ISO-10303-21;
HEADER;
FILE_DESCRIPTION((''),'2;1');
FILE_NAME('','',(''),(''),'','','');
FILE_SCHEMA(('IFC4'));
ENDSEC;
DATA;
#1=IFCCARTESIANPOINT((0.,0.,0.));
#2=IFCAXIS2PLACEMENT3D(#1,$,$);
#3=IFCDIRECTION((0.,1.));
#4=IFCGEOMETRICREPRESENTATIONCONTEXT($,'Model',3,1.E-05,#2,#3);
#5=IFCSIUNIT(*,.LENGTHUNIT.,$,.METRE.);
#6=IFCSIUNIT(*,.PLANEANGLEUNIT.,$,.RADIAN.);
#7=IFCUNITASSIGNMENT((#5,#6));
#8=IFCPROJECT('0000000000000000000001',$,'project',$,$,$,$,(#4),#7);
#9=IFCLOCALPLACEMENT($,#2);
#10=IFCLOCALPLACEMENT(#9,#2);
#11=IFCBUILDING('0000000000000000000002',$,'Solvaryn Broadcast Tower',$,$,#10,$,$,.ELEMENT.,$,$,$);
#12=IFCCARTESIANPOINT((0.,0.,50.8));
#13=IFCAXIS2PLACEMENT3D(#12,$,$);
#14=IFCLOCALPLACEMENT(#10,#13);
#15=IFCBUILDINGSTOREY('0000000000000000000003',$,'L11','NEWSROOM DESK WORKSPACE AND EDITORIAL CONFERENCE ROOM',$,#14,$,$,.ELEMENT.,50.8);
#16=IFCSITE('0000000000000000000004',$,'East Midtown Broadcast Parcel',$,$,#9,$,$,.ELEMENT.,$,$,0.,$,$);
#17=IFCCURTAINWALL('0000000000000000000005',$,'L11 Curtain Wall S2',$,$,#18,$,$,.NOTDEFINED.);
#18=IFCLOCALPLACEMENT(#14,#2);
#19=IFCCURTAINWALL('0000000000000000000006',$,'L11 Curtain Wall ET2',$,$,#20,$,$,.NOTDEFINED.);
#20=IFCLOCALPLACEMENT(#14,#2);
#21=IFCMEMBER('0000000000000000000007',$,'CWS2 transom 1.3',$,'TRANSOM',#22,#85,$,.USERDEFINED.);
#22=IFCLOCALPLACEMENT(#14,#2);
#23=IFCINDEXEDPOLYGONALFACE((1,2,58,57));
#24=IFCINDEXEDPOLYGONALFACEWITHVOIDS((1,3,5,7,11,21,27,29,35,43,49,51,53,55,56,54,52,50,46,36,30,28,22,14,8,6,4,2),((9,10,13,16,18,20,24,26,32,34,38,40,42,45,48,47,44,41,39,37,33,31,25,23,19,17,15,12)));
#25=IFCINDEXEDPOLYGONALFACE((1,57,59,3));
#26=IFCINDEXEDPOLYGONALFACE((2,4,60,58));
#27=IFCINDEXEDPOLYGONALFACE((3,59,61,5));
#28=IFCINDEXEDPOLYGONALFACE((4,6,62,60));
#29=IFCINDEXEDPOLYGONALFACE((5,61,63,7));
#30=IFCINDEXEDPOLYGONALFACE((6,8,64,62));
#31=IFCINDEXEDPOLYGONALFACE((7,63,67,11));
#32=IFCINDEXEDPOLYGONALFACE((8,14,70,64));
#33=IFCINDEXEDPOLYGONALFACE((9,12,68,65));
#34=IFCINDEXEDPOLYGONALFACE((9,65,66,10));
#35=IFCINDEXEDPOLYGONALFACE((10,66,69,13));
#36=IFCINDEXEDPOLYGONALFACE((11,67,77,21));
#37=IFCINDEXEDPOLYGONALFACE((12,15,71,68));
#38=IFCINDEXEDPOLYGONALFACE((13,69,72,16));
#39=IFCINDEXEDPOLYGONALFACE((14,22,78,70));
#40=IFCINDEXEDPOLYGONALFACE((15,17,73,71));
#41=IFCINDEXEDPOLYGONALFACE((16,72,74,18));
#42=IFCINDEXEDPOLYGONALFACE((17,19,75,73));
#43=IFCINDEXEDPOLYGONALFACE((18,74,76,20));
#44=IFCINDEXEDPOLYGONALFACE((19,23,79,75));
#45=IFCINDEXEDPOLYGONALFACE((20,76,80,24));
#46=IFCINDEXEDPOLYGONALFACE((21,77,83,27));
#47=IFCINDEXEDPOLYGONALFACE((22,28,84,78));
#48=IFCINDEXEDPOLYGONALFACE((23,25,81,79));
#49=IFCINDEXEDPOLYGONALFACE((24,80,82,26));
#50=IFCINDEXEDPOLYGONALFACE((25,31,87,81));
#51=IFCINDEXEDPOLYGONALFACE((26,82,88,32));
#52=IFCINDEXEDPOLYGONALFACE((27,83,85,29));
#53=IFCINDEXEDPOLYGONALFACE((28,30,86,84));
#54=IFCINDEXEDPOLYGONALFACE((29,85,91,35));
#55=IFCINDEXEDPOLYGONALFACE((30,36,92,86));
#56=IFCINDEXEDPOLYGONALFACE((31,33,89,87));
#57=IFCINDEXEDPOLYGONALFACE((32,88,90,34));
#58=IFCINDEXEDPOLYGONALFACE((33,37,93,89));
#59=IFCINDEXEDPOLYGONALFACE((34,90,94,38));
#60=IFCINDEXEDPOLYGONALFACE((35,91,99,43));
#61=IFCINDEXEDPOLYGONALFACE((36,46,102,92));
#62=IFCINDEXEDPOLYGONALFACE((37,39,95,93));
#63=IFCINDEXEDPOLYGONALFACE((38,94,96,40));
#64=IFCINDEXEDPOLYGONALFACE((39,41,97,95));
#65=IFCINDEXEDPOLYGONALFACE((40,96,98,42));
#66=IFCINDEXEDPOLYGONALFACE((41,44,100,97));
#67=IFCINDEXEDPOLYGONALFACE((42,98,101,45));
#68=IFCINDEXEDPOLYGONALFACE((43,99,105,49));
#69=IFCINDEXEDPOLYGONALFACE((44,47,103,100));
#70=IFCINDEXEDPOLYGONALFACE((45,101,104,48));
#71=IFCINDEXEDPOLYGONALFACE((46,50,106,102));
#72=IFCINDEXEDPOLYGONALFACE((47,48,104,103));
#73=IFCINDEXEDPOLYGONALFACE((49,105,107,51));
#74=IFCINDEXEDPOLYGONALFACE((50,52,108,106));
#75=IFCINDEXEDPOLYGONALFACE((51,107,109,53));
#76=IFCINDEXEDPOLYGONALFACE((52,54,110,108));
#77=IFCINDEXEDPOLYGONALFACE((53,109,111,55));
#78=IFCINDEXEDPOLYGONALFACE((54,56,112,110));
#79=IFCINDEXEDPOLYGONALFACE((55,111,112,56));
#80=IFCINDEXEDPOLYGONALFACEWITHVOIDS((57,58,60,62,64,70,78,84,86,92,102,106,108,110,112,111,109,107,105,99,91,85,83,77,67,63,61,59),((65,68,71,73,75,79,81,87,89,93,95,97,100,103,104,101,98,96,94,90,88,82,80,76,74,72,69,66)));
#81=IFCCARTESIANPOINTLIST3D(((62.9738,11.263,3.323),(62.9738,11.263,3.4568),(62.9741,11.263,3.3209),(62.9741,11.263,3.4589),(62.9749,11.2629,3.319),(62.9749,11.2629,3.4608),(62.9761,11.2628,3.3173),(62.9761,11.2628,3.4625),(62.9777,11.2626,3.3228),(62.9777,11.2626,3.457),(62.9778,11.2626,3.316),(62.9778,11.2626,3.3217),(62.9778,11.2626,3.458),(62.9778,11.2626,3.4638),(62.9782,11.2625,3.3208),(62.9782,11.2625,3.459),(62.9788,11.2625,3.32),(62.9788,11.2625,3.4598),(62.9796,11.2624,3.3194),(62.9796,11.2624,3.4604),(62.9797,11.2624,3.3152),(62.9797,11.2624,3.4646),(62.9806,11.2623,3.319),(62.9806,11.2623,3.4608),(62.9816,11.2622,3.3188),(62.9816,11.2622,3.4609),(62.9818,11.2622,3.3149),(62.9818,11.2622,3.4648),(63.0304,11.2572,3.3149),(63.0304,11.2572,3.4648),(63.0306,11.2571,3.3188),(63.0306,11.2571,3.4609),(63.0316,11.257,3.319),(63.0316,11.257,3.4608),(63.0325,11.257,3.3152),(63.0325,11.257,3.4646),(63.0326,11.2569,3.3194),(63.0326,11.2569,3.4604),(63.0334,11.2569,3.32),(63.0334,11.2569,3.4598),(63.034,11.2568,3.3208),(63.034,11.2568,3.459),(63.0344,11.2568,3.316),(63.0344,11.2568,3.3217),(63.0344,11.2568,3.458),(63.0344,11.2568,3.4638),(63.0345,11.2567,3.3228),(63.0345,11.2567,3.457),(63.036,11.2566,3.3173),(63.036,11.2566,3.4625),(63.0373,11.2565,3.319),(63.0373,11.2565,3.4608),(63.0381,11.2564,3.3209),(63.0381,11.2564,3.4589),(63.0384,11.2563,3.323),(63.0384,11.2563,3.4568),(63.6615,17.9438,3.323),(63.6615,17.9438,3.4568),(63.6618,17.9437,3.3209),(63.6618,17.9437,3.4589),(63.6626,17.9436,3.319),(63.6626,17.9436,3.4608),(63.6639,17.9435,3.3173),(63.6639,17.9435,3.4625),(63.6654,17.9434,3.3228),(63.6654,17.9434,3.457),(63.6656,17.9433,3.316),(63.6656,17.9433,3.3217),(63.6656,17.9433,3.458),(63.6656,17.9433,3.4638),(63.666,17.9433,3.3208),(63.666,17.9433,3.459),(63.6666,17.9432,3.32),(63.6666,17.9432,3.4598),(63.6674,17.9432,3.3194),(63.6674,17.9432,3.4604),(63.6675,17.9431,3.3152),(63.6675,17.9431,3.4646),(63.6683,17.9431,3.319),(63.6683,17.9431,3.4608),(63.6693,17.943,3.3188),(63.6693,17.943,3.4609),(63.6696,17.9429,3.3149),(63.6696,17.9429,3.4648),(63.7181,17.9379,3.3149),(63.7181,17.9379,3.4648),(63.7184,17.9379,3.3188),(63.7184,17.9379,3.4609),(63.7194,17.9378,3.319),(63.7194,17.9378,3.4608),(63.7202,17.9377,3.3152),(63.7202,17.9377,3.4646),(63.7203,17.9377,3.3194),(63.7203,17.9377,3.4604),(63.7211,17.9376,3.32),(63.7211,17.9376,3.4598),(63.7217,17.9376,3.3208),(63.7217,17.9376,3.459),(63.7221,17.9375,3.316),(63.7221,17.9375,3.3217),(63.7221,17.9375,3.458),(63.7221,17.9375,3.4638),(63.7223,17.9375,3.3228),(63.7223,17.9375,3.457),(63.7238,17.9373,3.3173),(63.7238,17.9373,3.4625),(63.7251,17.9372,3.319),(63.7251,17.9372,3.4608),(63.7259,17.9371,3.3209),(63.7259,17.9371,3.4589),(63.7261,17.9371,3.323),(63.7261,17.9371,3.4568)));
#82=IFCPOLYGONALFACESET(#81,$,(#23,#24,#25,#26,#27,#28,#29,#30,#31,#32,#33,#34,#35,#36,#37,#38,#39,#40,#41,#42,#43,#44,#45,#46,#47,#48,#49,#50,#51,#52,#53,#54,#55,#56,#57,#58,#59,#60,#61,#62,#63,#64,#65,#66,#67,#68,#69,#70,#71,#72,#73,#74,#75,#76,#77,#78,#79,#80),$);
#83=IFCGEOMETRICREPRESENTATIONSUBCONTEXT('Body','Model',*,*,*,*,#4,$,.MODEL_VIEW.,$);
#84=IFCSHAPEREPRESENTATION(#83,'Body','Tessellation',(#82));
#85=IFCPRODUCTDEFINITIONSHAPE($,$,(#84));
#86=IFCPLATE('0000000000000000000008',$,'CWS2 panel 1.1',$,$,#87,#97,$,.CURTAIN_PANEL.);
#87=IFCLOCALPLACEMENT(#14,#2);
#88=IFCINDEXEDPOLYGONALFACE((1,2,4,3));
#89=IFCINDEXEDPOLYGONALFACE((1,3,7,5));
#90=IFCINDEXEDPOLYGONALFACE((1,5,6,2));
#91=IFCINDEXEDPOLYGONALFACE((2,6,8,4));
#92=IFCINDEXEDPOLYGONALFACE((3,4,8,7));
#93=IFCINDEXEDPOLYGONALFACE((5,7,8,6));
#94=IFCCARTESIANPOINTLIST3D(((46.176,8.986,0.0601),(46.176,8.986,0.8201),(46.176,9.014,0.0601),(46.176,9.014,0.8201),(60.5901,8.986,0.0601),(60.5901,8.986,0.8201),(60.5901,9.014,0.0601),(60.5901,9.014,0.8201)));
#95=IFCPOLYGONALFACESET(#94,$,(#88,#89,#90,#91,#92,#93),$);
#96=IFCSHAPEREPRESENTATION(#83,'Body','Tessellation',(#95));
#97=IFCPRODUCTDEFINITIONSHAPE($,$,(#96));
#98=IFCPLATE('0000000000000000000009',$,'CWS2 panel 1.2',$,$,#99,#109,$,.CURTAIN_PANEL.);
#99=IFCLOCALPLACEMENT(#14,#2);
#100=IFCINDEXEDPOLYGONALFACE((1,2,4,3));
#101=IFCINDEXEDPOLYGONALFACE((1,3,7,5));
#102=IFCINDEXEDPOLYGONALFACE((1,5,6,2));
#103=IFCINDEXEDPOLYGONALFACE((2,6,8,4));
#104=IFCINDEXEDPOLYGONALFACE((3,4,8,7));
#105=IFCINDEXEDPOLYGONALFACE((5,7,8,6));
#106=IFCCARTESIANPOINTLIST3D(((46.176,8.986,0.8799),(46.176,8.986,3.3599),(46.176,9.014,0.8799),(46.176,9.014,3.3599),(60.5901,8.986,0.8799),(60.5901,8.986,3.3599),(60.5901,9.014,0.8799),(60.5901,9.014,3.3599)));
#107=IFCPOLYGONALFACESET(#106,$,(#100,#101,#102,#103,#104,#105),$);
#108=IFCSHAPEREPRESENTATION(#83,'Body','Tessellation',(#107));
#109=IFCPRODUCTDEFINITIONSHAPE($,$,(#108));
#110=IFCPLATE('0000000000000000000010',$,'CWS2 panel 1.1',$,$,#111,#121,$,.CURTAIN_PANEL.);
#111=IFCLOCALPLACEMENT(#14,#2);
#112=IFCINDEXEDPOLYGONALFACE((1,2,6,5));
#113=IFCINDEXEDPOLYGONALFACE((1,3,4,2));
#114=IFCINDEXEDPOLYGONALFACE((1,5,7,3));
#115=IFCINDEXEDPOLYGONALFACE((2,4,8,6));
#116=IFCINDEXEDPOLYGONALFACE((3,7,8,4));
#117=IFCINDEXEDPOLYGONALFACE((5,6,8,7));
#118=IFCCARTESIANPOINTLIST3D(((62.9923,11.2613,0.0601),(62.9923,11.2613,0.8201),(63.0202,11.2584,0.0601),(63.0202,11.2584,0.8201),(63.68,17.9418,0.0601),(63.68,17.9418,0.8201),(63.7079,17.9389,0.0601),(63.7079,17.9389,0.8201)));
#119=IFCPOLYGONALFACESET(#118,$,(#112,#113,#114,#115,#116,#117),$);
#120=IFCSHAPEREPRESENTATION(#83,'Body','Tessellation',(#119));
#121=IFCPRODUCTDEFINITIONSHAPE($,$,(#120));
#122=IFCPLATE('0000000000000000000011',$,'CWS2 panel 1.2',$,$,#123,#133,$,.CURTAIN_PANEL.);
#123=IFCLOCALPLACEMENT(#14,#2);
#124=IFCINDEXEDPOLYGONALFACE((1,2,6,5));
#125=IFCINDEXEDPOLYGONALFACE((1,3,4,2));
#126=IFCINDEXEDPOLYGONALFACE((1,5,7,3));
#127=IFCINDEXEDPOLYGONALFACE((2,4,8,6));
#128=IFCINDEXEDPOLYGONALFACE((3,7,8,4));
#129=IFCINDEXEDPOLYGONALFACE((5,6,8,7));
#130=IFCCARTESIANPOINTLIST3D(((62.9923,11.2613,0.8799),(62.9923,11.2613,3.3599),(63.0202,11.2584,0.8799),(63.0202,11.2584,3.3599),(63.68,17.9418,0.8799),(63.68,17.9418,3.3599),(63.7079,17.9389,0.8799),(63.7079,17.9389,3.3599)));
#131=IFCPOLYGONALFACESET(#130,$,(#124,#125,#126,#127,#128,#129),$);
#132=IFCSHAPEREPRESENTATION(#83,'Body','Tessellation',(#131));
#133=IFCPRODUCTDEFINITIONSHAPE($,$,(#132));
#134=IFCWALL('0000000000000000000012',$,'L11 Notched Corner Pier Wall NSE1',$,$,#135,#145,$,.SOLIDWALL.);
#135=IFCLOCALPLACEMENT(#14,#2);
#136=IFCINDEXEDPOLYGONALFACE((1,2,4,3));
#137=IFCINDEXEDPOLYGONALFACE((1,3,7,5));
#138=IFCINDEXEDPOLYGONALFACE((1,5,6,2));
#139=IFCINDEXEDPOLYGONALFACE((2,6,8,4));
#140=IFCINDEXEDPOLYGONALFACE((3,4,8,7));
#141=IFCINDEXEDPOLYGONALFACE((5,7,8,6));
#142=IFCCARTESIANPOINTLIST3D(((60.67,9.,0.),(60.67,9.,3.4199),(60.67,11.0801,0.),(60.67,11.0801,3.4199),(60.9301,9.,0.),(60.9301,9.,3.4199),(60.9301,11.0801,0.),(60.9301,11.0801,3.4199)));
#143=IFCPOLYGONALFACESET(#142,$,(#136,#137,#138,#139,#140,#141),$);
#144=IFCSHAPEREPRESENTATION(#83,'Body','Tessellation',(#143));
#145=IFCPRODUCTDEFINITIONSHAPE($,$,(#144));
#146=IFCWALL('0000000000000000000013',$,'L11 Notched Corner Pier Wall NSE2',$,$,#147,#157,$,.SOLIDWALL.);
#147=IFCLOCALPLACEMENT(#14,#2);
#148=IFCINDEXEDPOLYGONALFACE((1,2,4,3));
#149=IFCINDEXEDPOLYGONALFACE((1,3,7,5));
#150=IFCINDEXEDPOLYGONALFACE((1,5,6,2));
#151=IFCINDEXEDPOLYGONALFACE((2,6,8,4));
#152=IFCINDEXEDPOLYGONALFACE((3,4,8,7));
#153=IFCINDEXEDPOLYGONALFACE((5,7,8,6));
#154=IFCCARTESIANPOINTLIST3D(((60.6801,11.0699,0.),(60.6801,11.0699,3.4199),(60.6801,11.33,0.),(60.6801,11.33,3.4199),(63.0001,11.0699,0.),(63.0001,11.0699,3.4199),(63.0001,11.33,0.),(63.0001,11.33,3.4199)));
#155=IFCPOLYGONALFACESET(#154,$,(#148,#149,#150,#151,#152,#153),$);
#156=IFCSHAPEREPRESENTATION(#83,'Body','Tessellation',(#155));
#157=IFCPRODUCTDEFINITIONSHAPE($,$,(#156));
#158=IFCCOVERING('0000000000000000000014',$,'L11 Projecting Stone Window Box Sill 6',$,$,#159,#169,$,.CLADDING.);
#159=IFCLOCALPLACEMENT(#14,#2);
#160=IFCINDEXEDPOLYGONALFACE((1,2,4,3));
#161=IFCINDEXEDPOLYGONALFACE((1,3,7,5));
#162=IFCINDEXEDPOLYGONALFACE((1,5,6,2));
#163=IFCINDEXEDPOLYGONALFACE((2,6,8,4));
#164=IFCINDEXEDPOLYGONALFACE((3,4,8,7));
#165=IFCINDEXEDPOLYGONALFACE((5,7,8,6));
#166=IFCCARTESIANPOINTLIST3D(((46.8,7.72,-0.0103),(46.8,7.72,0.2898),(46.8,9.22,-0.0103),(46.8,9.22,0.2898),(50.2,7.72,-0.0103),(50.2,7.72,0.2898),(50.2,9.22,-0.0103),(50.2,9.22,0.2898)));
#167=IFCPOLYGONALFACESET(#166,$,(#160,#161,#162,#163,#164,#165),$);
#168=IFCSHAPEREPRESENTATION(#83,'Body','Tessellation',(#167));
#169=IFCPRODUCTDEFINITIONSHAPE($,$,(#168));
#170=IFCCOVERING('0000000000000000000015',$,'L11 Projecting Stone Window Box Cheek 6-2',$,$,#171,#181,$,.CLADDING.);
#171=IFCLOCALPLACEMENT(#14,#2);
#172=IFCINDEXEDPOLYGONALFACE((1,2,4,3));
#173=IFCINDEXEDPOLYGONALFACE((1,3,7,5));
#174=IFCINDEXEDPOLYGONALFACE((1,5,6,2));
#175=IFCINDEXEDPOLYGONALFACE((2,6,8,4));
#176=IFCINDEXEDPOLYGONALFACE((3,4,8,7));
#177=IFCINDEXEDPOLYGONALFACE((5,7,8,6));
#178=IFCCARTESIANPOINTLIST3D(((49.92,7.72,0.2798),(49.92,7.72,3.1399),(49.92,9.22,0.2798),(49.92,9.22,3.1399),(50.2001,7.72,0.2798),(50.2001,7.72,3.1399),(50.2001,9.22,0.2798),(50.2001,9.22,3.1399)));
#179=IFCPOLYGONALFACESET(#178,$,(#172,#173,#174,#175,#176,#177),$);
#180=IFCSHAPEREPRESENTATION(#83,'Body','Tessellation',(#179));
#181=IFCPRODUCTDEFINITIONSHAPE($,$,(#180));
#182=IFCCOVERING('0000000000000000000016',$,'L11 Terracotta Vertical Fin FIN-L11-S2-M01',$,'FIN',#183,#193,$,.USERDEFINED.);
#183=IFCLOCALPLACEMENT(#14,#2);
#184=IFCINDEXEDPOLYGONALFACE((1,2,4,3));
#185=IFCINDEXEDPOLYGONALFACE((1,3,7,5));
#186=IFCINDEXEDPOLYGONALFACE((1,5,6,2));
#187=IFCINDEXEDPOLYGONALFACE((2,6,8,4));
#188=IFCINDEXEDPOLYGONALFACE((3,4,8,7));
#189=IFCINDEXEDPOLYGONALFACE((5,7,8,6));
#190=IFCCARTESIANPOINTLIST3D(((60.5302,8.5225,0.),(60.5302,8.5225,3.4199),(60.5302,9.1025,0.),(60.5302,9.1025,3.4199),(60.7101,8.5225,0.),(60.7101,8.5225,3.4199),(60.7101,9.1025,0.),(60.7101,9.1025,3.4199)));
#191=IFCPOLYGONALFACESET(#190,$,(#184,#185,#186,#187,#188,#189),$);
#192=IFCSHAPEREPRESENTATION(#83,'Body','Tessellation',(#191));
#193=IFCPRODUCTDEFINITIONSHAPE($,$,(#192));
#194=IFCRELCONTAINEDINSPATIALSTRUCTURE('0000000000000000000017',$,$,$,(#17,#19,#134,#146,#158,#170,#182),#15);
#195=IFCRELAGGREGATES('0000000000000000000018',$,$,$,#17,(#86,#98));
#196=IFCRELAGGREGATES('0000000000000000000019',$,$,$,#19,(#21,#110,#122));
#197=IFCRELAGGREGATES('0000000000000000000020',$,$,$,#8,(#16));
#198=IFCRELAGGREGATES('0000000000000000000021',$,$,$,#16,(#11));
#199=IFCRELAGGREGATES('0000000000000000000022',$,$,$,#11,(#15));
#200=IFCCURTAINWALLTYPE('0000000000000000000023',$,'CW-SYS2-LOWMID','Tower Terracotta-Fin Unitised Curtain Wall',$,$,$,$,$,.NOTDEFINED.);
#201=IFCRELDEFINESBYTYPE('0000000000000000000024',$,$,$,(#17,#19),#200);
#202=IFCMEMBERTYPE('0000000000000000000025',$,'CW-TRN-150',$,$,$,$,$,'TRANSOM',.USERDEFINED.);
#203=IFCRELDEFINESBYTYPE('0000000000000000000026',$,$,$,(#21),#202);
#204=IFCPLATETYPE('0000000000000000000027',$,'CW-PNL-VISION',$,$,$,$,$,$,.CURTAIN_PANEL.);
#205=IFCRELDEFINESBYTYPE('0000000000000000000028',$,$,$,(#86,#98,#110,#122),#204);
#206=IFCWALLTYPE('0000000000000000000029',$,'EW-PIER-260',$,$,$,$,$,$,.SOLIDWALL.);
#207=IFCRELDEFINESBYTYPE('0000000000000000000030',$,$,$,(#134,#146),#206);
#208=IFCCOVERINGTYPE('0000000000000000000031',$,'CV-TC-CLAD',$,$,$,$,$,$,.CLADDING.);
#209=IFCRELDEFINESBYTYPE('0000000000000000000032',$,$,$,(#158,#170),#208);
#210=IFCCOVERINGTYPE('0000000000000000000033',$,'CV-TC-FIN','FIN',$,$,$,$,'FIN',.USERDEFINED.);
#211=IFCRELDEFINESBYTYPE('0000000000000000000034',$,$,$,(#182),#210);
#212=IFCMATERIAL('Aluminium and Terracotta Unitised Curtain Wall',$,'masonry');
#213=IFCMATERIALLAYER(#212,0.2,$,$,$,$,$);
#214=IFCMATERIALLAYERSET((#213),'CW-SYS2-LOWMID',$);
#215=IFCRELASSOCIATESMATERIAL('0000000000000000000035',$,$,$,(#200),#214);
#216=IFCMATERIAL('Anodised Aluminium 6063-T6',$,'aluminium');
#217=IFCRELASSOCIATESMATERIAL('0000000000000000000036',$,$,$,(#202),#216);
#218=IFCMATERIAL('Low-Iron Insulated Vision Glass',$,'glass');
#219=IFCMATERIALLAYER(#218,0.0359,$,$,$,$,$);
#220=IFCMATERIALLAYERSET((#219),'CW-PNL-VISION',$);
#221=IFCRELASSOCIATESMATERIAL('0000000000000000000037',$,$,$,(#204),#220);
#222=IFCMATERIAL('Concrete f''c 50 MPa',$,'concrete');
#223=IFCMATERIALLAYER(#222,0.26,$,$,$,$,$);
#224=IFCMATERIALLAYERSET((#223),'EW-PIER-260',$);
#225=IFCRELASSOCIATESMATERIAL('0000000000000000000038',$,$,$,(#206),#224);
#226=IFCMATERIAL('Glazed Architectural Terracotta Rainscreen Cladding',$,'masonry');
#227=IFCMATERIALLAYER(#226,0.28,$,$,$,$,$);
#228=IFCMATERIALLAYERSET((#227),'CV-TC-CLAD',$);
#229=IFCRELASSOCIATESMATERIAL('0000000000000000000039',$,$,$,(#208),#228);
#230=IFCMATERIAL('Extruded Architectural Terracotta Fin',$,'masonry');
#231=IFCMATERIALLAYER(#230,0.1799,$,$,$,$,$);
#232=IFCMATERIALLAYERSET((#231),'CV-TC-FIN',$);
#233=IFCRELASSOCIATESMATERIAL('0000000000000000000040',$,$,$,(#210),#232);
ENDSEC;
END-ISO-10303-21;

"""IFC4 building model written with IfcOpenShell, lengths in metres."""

from ifc_helpers import new_model, si_unit, direction, frame, frame_2d, origin, origin_2d, place, context, subcontext, project, spatial, rectangle, hollow_rectangle, extrude, material, layer, layer_set, material_profile, profile_set, type_object, element, aggregate, save


model = new_model("IFC4")

# Units and contexts
model_context = context("Model", 3, precision=1e-05, world=origin(), true_north=direction((0.0, 1.0)))
body_context = subcontext(model_context, "Body", "Model", "MODEL_VIEW")
ifc_project = project(units=[si_unit("LENGTHUNIT", "METRE"), si_unit("PLANEANGLEUNIT", "RADIAN")], contexts=[model_context])

# Site, building, storey
site_placement = place(None, origin())
site = spatial("IfcSite", under=ifc_project, at=site_placement, Name="East Midtown Broadcast Parcel", CompositionType="ELEMENT", RefElevation=0.0)
building_placement = place(site_placement, origin())
building = spatial("IfcBuilding", under=site, at=building_placement, Name="Solvaryn Broadcast Tower", CompositionType="ELEMENT")
storey_placement = place(building_placement, frame((0.0, 0.0, 50.8)))
storey = spatial("IfcBuildingStorey", under=building, at=storey_placement, Name="L11", Description="NEWSROOM DESK WORKSPACE AND EDITORIAL CONFERENCE ROOM", CompositionType="ELEMENT", Elevation=50.8)

# Curtain wall
ifc_material_1 = material(Name="Aluminium and Terracotta Unitised Curtain Wall", Category="masonry")
ifc_layer_1 = layer(ifc_material_1, 0.2)
ifc_layer_set_1 = layer_set([ifc_layer_1], Name="CW-SYS2-LOWMID")
curtain_wall_type = type_object("IfcCurtainWallType", Name="CW-SYS2-LOWMID", Description="Tower Terracotta-Fin Unitised Curtain Wall", PredefinedType="NOTDEFINED", material=ifc_layer_set_1)
curtain_wall_1_placement = place(storey_placement, origin())
curtain_wall_1 = element("IfcCurtainWall", 1, at=curtain_wall_1_placement, inside=storey, type_object=curtain_wall_type, Name="L11 Curtain Wall S2", PredefinedType="NOTDEFINED")

# Curtain wall, member
curtain_wall_2_placement = place(storey_placement, origin())
curtain_wall_2 = element("IfcCurtainWall", 2, at=curtain_wall_2_placement, inside=storey, type_object=curtain_wall_type, Name="L11 Curtain Wall ET2", PredefinedType="NOTDEFINED")
ifc_material_2 = material(Name="Anodised Aluminium 6063-T6", Category="aluminium")
ifc_material_profile_1 = material_profile(ifc_material_2, hollow_rectangle(XDim=0.0649, YDim=0.1499, WallThickness=0.0039, InnerFilletRadius=0.0039, OuterFilletRadius=0.0081, at=origin_2d()))
ifc_profile_set_1 = profile_set([ifc_material_profile_1], Name="Anodised Aluminium 6063-T6")
member_type_1 = type_object("IfcMemberType", Name="CW-TRN-150", ElementType="TRANSOM", PredefinedType="USERDEFINED", material=ifc_profile_set_1)
member_1_placement = place(storey_placement, frame((63.6938, 17.9404, 3.3899), z_axis=(-0.102404, -0.994743, 0.0), x_axis=(0.994743, -0.102404, 0.0)))
member_1 = element("IfcMember", 3, at=member_1_placement, type_object=member_type_1, Name="CWS2 transom 1.3", ObjectType="TRANSOM", PredefinedType="USERDEFINED", context=body_context, shape_type="SweptSolid", body=[
    extrude(hollow_rectangle(XDim=0.0649, YDim=0.1499, WallThickness=0.0039, InnerFilletRadius=0.0039, OuterFilletRadius=0.0081, at=origin_2d()), origin(), (0.0, 0.0, 1.0), 6.7161),
])

# Plates
ifc_material_3 = material(Name="Low-Iron Insulated Vision Glass", Category="glass")
ifc_layer_2 = layer(ifc_material_3, 0.0359)
ifc_layer_set_2 = layer_set([ifc_layer_2], Name="CW-PNL-VISION")
plate_type = type_object("IfcPlateType", Name="CW-PNL-VISION", PredefinedType="CURTAIN_PANEL", material=ifc_layer_set_2)
plate_1_placement = place(storey_placement, frame((53.3831, 9.0, 0.0601), z_axis=(0.0, 0.0, 1.0), x_axis=(1.0, 0.0, 0.0)))
plate_1 = element("IfcPlate", 4, at=plate_1_placement, type_object=plate_type, Name="CWS2 panel 1.1", PredefinedType="CURTAIN_PANEL", context=body_context, shape_type="SweptSolid", body=[
    extrude(rectangle(XDim=14.4141, YDim=0.0281, at=origin_2d()), origin(), (0.0, 0.0, 1.0), 0.76),
])
plate_2_placement = place(storey_placement, frame((53.3831, 9.0, 0.8799), z_axis=(0.0, 0.0, 1.0), x_axis=(1.0, 0.0, 0.0)))
plate_2 = element("IfcPlate", 5, at=plate_2_placement, type_object=plate_type, Name="CWS2 panel 1.2", PredefinedType="CURTAIN_PANEL", context=body_context, shape_type="SweptSolid", body=[
    extrude(rectangle(XDim=14.4141, YDim=0.0281, at=origin_2d()), origin(), (0.0, 0.0, 1.0), 2.48),
])
aggregate(curtain_wall_1, [plate_1, plate_2])
plate_3_placement = place(storey_placement, frame((63.3501, 14.6001, 0.0601), z_axis=(0.0, 0.0, 1.0), x_axis=(-0.1024, -0.994743, 0.0)))
plate_3 = element("IfcPlate", 6, at=plate_3_placement, type_object=plate_type, Name="CWS2 panel 1.1", PredefinedType="CURTAIN_PANEL", context=body_context, shape_type="SweptSolid", body=[
    extrude(rectangle(XDim=6.7158, YDim=0.0281, at=origin_2d()), origin(), (0.0, 0.0, 1.0), 0.76),
])
plate_4_placement = place(storey_placement, frame((63.3501, 14.6001, 0.8799), z_axis=(0.0, 0.0, 1.0), x_axis=(-0.1024, -0.994743, 0.0)))
plate_4 = element("IfcPlate", 7, at=plate_4_placement, type_object=plate_type, Name="CWS2 panel 1.2", PredefinedType="CURTAIN_PANEL", context=body_context, shape_type="SweptSolid", body=[
    extrude(rectangle(XDim=6.7158, YDim=0.0281, at=origin_2d()), origin(), (0.0, 0.0, 1.0), 2.48),
])
aggregate(curtain_wall_2, [member_1, plate_3, plate_4])

# Walls
ifc_material_4 = material(Name="Concrete f'c 50 MPa", Category="concrete")
ifc_layer_3 = layer(ifc_material_4, 0.26)
ifc_layer_set_3 = layer_set([ifc_layer_3], Name="EW-PIER-260")
wall_type = type_object("IfcWallType", Name="EW-PIER-260", PredefinedType="SOLIDWALL", material=ifc_layer_set_3)
wall_1_placement = place(storey_placement, frame((60.8, 9.0, 0.0), z_axis=(0.0, 0.0, 1.0), x_axis=(0.0, 1.0, 0.0)))
element("IfcWall", 8, at=wall_1_placement, inside=storey, type_object=wall_type, Name="L11 Notched Corner Pier Wall NSE1", PredefinedType="SOLIDWALL", context=body_context, shape_type="SweptSolid", body=[
    extrude(rectangle(XDim=2.0801, YDim=0.26, at=frame_2d((1.04, 0.0))), origin(), (0.0, 0.0, 1.0), 3.4199),
])
wall_2_placement = place(storey_placement, frame((60.6799, 11.2, 0.0), z_axis=(0.0, 0.0, 1.0), x_axis=(1.0, 0.0, 0.0)))
element("IfcWall", 9, at=wall_2_placement, inside=storey, type_object=wall_type, Name="L11 Notched Corner Pier Wall NSE2", PredefinedType="SOLIDWALL", context=body_context, shape_type="SweptSolid", body=[
    extrude(rectangle(XDim=2.3201, YDim=0.26, at=frame_2d((1.1602, 0.0))), origin(), (0.0, 0.0, 1.0), 3.4199),
])

# Coverings
ifc_material_5 = material(Name="Glazed Architectural Terracotta Rainscreen Cladding", Category="masonry")
ifc_layer_4 = layer(ifc_material_5, 0.28)
ifc_layer_set_4 = layer_set([ifc_layer_4], Name="CV-TC-CLAD")
covering_type_1 = type_object("IfcCoveringType", Name="CV-TC-CLAD", PredefinedType="CLADDING", material=ifc_layer_set_4)
covering_1_placement = place(storey_placement, frame((48.5, 8.47, -0.0103), z_axis=(0.0, 0.0, 1.0), x_axis=(1.0, 0.0, 0.0)))
element("IfcCovering", 10, at=covering_1_placement, inside=storey, type_object=covering_type_1, Name="L11 Projecting Stone Window Box Sill 6", PredefinedType="CLADDING", context=body_context, shape_type="SweptSolid", body=[
    extrude(rectangle(XDim=3.3999, YDim=1.5, at=origin_2d()), origin(), (0.0, 0.0, 1.0), 0.3),
])
covering_2_placement = place(storey_placement, frame((50.0601, 8.47, 0.2798), z_axis=(0.0, 0.0, 1.0), x_axis=(1.0, 0.0, 0.0)))
element("IfcCovering", 11, at=covering_2_placement, inside=storey, type_object=covering_type_1, Name="L11 Projecting Stone Window Box Cheek 6-2", PredefinedType="CLADDING", context=body_context, shape_type="SweptSolid", body=[
    extrude(rectangle(XDim=0.28, YDim=1.5, at=origin_2d()), origin(), (0.0, 0.0, 1.0), 2.8601),
])
ifc_material_6 = material(Name="Extruded Architectural Terracotta Fin", Category="masonry")
ifc_layer_5 = layer(ifc_material_6, 0.1799)
ifc_layer_set_5 = layer_set([ifc_layer_5], Name="CV-TC-FIN")
covering_type_2 = type_object("IfcCoveringType", Name="CV-TC-FIN", Description="FIN", ElementType="FIN", PredefinedType="USERDEFINED", material=ifc_layer_set_5)
covering_3_placement = place(storey_placement, frame((60.6201, 8.8125, 0.0), z_axis=(0.0, 0.0, 1.0), x_axis=(1.0, 0.0, 0.0)))
element("IfcCovering", 12, at=covering_3_placement, inside=storey, type_object=covering_type_2, Name="L11 Terracotta Vertical Fin FIN-L11-S2-M01", ObjectType="FIN", PredefinedType="USERDEFINED", context=body_context, shape_type="SweptSolid", body=[
    extrude(rectangle(XDim=0.1799, YDim=0.5801, at=origin_2d()), origin(), (0.0, 0.0, 1.0), 3.4199),
])

save(model, "model.ifc")
